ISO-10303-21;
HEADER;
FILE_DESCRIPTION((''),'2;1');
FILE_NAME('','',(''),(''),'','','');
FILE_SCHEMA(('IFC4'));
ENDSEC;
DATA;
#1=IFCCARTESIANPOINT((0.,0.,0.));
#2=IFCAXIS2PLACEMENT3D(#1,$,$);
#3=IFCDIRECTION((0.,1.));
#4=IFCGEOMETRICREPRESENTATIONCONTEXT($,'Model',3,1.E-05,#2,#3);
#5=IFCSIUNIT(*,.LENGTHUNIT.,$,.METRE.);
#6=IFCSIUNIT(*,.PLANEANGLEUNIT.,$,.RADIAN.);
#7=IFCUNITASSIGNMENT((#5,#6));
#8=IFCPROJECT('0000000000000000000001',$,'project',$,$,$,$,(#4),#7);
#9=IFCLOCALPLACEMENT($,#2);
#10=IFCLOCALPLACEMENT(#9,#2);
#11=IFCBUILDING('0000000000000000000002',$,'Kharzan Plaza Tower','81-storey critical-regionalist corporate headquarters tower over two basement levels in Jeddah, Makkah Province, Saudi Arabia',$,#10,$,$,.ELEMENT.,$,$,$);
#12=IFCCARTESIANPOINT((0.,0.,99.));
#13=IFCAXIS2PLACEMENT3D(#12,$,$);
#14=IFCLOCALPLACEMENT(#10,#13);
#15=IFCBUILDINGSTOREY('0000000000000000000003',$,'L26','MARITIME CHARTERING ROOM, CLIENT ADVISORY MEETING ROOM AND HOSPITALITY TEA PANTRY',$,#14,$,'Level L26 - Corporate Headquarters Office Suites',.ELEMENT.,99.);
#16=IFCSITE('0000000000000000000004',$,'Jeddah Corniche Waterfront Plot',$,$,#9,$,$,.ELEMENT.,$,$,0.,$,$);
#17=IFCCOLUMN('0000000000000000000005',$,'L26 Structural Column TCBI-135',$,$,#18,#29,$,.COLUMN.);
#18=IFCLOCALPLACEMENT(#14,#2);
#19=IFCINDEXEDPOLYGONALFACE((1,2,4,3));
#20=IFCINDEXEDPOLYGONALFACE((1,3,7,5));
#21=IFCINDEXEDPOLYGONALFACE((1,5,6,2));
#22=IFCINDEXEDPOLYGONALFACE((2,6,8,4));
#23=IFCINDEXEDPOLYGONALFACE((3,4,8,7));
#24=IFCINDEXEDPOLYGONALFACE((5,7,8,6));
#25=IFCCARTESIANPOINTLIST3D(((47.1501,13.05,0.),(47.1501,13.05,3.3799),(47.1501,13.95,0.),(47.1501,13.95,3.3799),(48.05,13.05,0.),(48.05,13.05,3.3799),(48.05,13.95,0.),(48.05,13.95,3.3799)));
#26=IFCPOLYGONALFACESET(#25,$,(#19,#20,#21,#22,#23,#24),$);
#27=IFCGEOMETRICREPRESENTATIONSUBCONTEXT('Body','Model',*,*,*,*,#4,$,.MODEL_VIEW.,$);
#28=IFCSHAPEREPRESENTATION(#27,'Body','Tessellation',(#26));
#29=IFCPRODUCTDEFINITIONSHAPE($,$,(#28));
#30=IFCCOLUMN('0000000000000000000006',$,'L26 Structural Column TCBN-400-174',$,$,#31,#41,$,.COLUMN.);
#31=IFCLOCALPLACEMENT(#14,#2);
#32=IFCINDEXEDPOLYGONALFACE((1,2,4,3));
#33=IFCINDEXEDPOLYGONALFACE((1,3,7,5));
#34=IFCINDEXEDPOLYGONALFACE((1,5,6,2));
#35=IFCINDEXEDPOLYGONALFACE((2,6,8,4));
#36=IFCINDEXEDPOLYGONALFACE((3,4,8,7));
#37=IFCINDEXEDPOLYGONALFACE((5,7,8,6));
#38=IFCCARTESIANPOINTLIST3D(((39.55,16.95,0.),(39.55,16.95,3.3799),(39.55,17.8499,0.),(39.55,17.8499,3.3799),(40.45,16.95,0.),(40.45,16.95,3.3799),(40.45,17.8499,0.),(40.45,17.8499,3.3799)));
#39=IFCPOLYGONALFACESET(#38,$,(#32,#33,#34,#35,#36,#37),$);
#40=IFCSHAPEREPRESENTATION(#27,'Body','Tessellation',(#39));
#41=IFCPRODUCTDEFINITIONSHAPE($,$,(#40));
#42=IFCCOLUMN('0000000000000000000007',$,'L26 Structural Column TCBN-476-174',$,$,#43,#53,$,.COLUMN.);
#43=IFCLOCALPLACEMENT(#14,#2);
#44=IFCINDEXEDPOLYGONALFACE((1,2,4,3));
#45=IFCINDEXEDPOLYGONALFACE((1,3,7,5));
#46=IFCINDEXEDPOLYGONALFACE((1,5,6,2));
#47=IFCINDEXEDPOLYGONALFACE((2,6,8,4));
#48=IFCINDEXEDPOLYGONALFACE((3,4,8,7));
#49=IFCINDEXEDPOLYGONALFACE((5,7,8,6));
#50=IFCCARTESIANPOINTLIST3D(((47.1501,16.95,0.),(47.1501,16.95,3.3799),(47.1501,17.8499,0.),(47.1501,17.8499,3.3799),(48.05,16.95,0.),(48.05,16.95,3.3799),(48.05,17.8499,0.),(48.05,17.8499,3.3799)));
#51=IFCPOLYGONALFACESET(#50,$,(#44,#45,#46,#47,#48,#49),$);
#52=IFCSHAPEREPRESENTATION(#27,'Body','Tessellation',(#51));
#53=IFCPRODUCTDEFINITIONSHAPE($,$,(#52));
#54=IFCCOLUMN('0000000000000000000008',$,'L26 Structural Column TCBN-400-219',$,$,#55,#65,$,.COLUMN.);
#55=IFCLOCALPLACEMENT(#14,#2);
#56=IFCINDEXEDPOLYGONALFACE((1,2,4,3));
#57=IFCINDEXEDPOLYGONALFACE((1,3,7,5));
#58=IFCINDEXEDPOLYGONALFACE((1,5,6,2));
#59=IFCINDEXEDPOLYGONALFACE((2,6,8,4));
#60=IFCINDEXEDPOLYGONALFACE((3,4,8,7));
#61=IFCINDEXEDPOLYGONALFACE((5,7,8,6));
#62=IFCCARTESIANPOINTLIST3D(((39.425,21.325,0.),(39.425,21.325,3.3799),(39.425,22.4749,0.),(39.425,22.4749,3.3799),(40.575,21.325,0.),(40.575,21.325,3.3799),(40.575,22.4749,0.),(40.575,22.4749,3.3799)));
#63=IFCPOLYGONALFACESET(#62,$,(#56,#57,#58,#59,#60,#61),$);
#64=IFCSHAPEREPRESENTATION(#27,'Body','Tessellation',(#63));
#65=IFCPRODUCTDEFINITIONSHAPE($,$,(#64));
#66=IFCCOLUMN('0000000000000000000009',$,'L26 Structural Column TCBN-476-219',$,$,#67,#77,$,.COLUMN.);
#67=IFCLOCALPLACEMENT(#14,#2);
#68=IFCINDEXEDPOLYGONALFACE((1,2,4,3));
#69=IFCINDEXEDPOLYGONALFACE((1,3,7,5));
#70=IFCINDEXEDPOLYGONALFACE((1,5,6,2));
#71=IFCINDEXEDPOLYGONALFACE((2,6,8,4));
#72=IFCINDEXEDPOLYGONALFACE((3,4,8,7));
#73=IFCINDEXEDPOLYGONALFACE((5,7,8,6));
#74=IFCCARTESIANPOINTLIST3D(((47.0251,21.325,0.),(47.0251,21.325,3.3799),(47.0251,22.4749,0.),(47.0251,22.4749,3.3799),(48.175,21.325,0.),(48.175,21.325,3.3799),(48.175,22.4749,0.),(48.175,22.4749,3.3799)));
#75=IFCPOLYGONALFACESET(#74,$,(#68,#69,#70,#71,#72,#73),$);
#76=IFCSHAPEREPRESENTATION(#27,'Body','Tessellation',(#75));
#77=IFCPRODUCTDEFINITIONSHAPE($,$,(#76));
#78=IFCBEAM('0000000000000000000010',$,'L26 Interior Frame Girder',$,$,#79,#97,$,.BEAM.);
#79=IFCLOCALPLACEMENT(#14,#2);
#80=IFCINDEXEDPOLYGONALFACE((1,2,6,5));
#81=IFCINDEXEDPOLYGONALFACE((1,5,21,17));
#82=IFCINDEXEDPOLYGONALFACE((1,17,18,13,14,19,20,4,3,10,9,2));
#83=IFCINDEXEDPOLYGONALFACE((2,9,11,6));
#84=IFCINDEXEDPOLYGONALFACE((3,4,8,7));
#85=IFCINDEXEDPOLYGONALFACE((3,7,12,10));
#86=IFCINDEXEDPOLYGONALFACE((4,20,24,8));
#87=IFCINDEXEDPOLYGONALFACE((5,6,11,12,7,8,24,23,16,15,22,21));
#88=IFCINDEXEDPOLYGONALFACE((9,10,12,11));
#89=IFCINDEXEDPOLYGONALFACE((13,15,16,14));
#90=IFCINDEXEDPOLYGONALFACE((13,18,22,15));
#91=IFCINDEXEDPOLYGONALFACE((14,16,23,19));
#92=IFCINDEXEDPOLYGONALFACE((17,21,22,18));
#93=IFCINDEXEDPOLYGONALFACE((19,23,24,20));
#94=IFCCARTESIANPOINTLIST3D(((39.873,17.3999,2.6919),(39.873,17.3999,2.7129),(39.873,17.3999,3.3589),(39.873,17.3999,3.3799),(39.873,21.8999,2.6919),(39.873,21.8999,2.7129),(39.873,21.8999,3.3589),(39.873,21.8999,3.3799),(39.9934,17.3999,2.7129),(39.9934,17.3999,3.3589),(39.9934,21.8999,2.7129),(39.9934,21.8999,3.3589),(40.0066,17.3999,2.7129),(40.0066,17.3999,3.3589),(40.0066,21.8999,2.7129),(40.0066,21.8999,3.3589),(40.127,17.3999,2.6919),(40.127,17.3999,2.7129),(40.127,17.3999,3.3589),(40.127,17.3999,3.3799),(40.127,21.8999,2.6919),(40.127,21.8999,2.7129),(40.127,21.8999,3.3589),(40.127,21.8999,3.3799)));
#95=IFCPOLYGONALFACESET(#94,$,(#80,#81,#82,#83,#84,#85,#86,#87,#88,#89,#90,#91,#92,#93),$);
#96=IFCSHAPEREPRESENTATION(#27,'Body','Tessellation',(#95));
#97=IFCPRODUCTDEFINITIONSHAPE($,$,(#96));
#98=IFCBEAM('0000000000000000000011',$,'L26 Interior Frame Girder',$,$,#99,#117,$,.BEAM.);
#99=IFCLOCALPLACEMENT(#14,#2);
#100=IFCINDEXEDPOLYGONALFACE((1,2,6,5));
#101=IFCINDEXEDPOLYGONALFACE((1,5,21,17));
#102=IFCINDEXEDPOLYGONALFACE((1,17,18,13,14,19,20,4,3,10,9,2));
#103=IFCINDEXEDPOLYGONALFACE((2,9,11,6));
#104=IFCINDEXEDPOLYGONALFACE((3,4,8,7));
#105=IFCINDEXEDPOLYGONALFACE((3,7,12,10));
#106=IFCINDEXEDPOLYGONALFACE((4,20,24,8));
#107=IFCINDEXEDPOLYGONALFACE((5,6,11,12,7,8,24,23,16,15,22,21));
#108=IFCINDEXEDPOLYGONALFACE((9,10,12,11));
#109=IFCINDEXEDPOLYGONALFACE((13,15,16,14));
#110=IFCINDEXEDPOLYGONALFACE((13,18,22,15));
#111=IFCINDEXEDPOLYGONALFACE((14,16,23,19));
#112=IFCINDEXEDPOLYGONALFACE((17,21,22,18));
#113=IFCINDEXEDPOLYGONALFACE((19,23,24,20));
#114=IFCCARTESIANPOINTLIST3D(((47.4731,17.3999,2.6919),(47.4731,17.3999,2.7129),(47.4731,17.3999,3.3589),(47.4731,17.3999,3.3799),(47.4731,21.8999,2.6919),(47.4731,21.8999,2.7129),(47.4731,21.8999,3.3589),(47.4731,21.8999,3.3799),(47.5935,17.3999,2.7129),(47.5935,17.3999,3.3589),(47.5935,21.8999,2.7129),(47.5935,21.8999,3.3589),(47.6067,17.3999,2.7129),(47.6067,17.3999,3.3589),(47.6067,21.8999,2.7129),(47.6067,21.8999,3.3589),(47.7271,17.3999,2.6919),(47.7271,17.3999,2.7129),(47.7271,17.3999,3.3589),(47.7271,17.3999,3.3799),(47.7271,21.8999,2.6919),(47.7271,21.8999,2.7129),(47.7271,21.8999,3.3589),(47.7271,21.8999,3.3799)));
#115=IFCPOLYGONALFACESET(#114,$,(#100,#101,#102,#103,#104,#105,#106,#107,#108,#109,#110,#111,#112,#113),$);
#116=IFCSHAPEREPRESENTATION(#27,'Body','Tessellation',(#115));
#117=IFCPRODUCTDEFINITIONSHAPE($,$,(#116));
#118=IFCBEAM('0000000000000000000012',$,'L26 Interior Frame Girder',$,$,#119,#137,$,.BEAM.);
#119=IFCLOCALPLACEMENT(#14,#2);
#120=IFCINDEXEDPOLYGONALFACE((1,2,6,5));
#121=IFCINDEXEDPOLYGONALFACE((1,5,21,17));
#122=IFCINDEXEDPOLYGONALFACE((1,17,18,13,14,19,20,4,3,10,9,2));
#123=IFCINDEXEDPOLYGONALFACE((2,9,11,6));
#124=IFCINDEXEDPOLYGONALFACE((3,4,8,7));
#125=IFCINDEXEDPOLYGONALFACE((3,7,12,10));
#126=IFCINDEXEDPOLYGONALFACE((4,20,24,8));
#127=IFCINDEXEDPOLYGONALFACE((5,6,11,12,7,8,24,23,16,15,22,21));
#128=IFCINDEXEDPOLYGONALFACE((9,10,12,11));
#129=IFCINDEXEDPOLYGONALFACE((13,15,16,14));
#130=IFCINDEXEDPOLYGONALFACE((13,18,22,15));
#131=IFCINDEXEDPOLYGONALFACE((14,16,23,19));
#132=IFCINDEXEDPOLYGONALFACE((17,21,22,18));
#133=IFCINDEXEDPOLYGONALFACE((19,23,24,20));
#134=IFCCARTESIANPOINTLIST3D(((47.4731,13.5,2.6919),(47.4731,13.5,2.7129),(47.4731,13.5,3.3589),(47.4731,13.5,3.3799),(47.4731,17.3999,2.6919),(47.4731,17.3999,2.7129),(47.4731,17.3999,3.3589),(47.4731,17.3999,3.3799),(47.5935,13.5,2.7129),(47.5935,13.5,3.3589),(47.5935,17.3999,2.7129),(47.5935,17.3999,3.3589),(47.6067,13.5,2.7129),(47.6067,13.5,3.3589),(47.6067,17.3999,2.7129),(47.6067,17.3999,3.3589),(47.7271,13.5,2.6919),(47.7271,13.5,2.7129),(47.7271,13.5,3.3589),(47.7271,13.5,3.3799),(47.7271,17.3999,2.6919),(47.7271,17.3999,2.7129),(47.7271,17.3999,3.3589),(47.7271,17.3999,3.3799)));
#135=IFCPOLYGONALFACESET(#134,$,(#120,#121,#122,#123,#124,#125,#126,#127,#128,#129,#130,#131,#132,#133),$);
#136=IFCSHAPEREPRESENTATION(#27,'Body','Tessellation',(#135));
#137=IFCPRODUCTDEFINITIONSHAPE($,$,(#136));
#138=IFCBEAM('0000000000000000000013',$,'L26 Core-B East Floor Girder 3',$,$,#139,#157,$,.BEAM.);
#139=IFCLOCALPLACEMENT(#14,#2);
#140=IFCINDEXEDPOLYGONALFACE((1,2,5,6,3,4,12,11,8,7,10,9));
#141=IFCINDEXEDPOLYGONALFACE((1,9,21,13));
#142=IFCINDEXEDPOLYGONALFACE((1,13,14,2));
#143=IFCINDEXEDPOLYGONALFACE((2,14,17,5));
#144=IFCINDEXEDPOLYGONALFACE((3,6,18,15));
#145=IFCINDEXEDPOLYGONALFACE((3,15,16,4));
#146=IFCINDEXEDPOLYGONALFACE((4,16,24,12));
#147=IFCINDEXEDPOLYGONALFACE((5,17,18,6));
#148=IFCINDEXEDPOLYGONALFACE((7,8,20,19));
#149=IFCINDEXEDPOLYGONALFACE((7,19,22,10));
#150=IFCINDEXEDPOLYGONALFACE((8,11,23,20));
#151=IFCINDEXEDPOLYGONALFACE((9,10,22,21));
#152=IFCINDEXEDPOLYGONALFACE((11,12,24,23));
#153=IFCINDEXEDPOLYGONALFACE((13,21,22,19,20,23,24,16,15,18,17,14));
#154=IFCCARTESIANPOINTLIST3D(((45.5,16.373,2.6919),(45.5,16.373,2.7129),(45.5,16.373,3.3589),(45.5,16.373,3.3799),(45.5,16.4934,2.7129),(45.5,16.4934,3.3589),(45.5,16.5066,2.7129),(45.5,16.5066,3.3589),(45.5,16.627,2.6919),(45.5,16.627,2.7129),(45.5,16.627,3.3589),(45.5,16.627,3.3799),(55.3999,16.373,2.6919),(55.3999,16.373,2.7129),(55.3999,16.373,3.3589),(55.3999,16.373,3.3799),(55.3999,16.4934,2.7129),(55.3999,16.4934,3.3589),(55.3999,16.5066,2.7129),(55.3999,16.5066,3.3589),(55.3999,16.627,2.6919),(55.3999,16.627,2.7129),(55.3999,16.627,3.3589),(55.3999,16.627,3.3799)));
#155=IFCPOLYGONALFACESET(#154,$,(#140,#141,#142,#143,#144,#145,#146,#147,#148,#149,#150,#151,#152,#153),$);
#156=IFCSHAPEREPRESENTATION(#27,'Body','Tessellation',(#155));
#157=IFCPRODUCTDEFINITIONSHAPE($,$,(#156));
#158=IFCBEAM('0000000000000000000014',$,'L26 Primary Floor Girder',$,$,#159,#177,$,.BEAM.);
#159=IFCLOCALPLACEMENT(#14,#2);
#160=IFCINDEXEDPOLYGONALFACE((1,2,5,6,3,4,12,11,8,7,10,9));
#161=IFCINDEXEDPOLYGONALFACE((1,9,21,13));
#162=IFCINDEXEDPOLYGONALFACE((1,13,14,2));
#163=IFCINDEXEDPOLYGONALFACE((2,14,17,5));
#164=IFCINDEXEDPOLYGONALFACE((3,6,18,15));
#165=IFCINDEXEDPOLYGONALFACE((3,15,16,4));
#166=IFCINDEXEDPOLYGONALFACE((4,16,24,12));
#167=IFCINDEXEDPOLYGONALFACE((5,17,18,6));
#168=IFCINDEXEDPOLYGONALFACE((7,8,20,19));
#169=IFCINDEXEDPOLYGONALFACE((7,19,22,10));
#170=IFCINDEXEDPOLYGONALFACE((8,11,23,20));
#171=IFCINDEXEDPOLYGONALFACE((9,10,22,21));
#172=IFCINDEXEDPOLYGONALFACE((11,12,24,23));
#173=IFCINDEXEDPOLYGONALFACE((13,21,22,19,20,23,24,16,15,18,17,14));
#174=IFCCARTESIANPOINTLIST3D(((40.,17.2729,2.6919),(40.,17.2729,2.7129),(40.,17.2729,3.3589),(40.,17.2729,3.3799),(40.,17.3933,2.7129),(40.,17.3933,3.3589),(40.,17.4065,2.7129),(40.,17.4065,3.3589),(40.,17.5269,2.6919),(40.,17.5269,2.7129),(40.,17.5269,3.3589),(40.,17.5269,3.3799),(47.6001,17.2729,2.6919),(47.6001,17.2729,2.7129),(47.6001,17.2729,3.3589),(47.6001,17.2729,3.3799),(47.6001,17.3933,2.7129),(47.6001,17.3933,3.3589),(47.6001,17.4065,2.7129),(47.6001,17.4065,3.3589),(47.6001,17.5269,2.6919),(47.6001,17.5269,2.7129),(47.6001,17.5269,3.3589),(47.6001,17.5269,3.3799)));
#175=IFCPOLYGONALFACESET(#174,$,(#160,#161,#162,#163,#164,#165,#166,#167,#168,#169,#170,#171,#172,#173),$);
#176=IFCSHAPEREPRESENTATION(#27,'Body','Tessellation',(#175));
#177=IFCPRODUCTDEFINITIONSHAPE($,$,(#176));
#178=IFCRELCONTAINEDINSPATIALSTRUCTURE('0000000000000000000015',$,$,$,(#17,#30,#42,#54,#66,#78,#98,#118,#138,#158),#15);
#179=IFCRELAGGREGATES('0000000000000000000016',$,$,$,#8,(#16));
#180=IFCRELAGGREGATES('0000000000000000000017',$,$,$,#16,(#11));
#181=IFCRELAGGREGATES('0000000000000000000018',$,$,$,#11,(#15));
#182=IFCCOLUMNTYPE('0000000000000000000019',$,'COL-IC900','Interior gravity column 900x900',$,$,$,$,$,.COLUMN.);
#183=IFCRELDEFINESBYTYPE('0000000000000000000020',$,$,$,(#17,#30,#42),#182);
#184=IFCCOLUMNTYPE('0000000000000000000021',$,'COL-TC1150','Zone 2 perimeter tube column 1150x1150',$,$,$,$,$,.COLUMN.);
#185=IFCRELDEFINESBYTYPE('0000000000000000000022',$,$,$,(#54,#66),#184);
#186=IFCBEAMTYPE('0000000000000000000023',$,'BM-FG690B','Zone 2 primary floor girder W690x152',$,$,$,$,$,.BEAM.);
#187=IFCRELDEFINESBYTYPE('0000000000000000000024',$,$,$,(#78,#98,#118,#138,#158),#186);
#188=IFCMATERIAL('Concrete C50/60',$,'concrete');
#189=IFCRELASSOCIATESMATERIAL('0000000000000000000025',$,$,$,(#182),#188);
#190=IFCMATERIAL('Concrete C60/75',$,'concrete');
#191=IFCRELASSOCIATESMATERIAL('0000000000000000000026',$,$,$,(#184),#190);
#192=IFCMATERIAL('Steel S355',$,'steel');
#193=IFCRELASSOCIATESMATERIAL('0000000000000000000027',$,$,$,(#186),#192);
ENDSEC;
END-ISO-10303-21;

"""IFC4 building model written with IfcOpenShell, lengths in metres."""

from ifc_helpers import new_model, si_unit, direction, frame, origin, origin_2d, place, context, subcontext, project, spatial, rectangle, i_section, extrude, source, transform, mapped, material, material_profile, profile_set, type_object, element, save


model = new_model("IFC4")

# Units and contexts
model_context = context("Model", 3, precision=1e-05, world=origin(), true_north=direction((0.0, 1.0)))
body_context = subcontext(model_context, "Body", "Model", "MODEL_VIEW")
ifc_project = project(units=[si_unit("LENGTHUNIT", "METRE"), si_unit("PLANEANGLEUNIT", "RADIAN")], contexts=[model_context])

# Site, building, storey
site_placement = place(None, origin())
site = spatial("IfcSite", under=ifc_project, at=site_placement, Name="Jeddah Corniche Waterfront Plot", CompositionType="ELEMENT", RefElevation=0.0)
building_placement = place(site_placement, origin())
building = spatial("IfcBuilding", under=site, at=building_placement, Name="Kharzan Plaza Tower", Description="81-storey critical-regionalist corporate headquarters tower over two basement levels in Jeddah, Makkah Province, Saudi Arabia", CompositionType="ELEMENT")
storey_placement = place(building_placement, frame((0.0, 0.0, 99.0)))
storey = spatial("IfcBuildingStorey", under=building, at=storey_placement, Name="L26", Description="MARITIME CHARTERING ROOM, CLIENT ADVISORY MEETING ROOM AND HOSPITALITY TEA PANTRY", LongName="Level L26 - Corporate Headquarters Office Suites", CompositionType="ELEMENT", Elevation=99.0)

# Columns
ifc_material_1 = material(Name="Concrete C50/60", Category="concrete")
ifc_material_profile_1 = material_profile(ifc_material_1, rectangle(XDim=0.8999, YDim=0.8999, at=origin_2d()), Name="RC-IC900x900")
ifc_profile_set_1 = profile_set([ifc_material_profile_1], Name="Concrete C50/60")
column_type_1 = type_object("IfcColumnType", Name="COL-IC900", Description="Interior gravity column 900x900", PredefinedType="COLUMN", material=ifc_profile_set_1)
shared_shape_1 = source(origin(), body_context, "Body", "SweptSolid", [
    extrude(rectangle(XDim=0.8999, YDim=0.8999, at=origin_2d()), origin(), (0.0, 0.0, 1.0), 3.3799),
])
for number, where, z_axis, x_axis, name in (
    (1, (47.6001, 13.5, 0.0), (0.0, 0.0, 1.0), (1.0, 0.0, 0.0), "L26 Structural Column TCBI-135"),
    (2, (40.0, 17.3999, 0.0), (0.0, 0.0, 1.0), (1.0, 0.0, 0.0), "L26 Structural Column TCBN-400-174"),
    (3, (47.6001, 17.3999, 0.0), (0.0, 0.0, 1.0), (1.0, 0.0, 0.0), "L26 Structural Column TCBN-476-174"),
):
    element("IfcColumn", number, at=place(storey_placement, frame(where, z_axis=z_axis, x_axis=x_axis)), inside=storey, type_object=column_type_1, Name=name, PredefinedType="COLUMN", context=body_context, shape_type="MappedRepresentation", body=[
        mapped(shared_shape_1, transform((0.0, 0.0, 0.0), x_axis=(1.0, 0.0, 0.0), y_axis=(0.0, 1.0, 0.0), z_axis=(0.0, 0.0, 1.0))),
    ])
ifc_material_2 = material(Name="Concrete C60/75", Category="concrete")
ifc_material_profile_2 = material_profile(ifc_material_2, rectangle(XDim=1.1499, YDim=1.1499, at=origin_2d()), Name="RC-TC1150x1150")
ifc_profile_set_2 = profile_set([ifc_material_profile_2], Name="Concrete C60/75")
column_type_2 = type_object("IfcColumnType", Name="COL-TC1150", Description="Zone 2 perimeter tube column 1150x1150", PredefinedType="COLUMN", material=ifc_profile_set_2)
shared_shape_2 = source(origin(), body_context, "Body", "SweptSolid", [
    extrude(rectangle(XDim=1.1499, YDim=1.1499, at=origin_2d()), origin(), (0.0, 0.0, 1.0), 3.3799),
])
for number, where, z_axis, x_axis, name in (
    (4, (40.0, 21.8999, 0.0), (0.0, 0.0, 1.0), (1.0, 0.0, 0.0), "L26 Structural Column TCBN-400-219"),
    (5, (47.6001, 21.8999, 0.0), (0.0, 0.0, 1.0), (1.0, 0.0, 0.0), "L26 Structural Column TCBN-476-219"),
):
    element("IfcColumn", number, at=place(storey_placement, frame(where, z_axis=z_axis, x_axis=x_axis)), inside=storey, type_object=column_type_2, Name=name, PredefinedType="COLUMN", context=body_context, shape_type="MappedRepresentation", body=[
        mapped(shared_shape_2, transform((0.0, 0.0, 0.0), x_axis=(1.0, 0.0, 0.0), y_axis=(0.0, 1.0, 0.0), z_axis=(0.0, 0.0, 1.0))),
    ])

# Beams
ifc_material_3 = material(Name="Steel S355", Category="steel")
ifc_material_profile_3 = material_profile(ifc_material_3, i_section(OverallWidth=0.2539, OverallDepth=0.688, WebThickness=0.0132, FlangeThickness=0.021, at=origin_2d()), Name="W690x152")
ifc_profile_set_3 = profile_set([ifc_material_profile_3], Name="Steel S355")
beam_type_1 = type_object("IfcBeamType", Name="BM-FG690B", Description="Zone 2 primary floor girder W690x152", PredefinedType="BEAM", material=ifc_profile_set_3)
shared_shape_3 = source(origin(), body_context, "Body", "SweptSolid", [
    extrude(i_section(OverallWidth=0.2539, OverallDepth=0.688, WebThickness=0.0132, FlangeThickness=0.021, at=origin_2d()), origin(), (0.0, 0.0, 1.0), 4.5),
])
for number, where, z_axis, x_axis, name in (
    (6, (40.0, 17.3999, 3.0359), (0.0, 1.0, 0.0), (-1.0, 0.0, 0.0), "L26 Interior Frame Girder"),
    (7, (47.6001, 17.3999, 3.0359), (0.0, 1.0, 0.0), (-1.0, 0.0, 0.0), "L26 Interior Frame Girder"),
):
    element("IfcBeam", number, at=place(storey_placement, frame(where, z_axis=z_axis, x_axis=x_axis)), inside=storey, type_object=beam_type_1, Name=name, PredefinedType="BEAM", context=body_context, shape_type="MappedRepresentation", body=[
        mapped(shared_shape_3, transform((0.0, 0.0, 0.0), x_axis=(1.0, 0.0, 0.0), y_axis=(0.0, 1.0, 0.0), z_axis=(0.0, 0.0, 1.0))),
    ])
shared_shape_4 = source(origin(), body_context, "Body", "SweptSolid", [
    extrude(i_section(OverallWidth=0.2539, OverallDepth=0.688, WebThickness=0.0132, FlangeThickness=0.021, at=origin_2d()), origin(), (0.0, 0.0, 1.0), 3.8999),
])
beam_1_placement = place(storey_placement, frame((47.6001, 13.5, 3.0359), z_axis=(0.0, 1.0, 0.0), x_axis=(-1.0, 0.0, 0.0)))
element("IfcBeam", 8, at=beam_1_placement, inside=storey, type_object=beam_type_1, Name="L26 Interior Frame Girder", PredefinedType="BEAM", context=body_context, shape_type="MappedRepresentation", body=[
    mapped(shared_shape_4, transform((0.0, 0.0, 0.0), x_axis=(1.0, 0.0, 0.0), y_axis=(0.0, 1.0, 0.0), z_axis=(0.0, 0.0, 1.0))),
])
shared_shape_5 = source(origin(), body_context, "Body", "SweptSolid", [
    extrude(i_section(OverallWidth=0.2539, OverallDepth=0.688, WebThickness=0.0132, FlangeThickness=0.021, at=origin_2d()), origin(), (0.0, 0.0, 1.0), 9.8999),
])
beam_2_placement = place(storey_placement, frame((45.5, 16.5, 3.0359), z_axis=(1.0, 0.0, 0.0), x_axis=(0.0, 1.0, 0.0)))
element("IfcBeam", 9, at=beam_2_placement, inside=storey, type_object=beam_type_1, Name="L26 Core-B East Floor Girder 3", PredefinedType="BEAM", context=body_context, shape_type="MappedRepresentation", body=[
    mapped(shared_shape_5, transform((0.0, 0.0, 0.0), x_axis=(1.0, 0.0, 0.0), y_axis=(0.0, 1.0, 0.0), z_axis=(0.0, 0.0, 1.0))),
])
shared_shape_6 = source(origin(), body_context, "Body", "SweptSolid", [
    extrude(i_section(OverallWidth=0.2539, OverallDepth=0.688, WebThickness=0.0132, FlangeThickness=0.021, at=origin_2d()), origin(), (0.0, 0.0, 1.0), 7.6001),
])
beam_3_placement = place(storey_placement, frame((40.0, 17.3999, 3.0359), z_axis=(1.0, 0.0, 0.0), x_axis=(0.0, 1.0, 0.0)))
element("IfcBeam", 10, at=beam_3_placement, inside=storey, type_object=beam_type_1, Name="L26 Primary Floor Girder", PredefinedType="BEAM", context=body_context, shape_type="MappedRepresentation", body=[
    mapped(shared_shape_6, transform((0.0, 0.0, 0.0), x_axis=(1.0, 0.0, 0.0), y_axis=(0.0, 1.0, 0.0), z_axis=(0.0, 0.0, 1.0))),
])

save(model, "model.ifc")
